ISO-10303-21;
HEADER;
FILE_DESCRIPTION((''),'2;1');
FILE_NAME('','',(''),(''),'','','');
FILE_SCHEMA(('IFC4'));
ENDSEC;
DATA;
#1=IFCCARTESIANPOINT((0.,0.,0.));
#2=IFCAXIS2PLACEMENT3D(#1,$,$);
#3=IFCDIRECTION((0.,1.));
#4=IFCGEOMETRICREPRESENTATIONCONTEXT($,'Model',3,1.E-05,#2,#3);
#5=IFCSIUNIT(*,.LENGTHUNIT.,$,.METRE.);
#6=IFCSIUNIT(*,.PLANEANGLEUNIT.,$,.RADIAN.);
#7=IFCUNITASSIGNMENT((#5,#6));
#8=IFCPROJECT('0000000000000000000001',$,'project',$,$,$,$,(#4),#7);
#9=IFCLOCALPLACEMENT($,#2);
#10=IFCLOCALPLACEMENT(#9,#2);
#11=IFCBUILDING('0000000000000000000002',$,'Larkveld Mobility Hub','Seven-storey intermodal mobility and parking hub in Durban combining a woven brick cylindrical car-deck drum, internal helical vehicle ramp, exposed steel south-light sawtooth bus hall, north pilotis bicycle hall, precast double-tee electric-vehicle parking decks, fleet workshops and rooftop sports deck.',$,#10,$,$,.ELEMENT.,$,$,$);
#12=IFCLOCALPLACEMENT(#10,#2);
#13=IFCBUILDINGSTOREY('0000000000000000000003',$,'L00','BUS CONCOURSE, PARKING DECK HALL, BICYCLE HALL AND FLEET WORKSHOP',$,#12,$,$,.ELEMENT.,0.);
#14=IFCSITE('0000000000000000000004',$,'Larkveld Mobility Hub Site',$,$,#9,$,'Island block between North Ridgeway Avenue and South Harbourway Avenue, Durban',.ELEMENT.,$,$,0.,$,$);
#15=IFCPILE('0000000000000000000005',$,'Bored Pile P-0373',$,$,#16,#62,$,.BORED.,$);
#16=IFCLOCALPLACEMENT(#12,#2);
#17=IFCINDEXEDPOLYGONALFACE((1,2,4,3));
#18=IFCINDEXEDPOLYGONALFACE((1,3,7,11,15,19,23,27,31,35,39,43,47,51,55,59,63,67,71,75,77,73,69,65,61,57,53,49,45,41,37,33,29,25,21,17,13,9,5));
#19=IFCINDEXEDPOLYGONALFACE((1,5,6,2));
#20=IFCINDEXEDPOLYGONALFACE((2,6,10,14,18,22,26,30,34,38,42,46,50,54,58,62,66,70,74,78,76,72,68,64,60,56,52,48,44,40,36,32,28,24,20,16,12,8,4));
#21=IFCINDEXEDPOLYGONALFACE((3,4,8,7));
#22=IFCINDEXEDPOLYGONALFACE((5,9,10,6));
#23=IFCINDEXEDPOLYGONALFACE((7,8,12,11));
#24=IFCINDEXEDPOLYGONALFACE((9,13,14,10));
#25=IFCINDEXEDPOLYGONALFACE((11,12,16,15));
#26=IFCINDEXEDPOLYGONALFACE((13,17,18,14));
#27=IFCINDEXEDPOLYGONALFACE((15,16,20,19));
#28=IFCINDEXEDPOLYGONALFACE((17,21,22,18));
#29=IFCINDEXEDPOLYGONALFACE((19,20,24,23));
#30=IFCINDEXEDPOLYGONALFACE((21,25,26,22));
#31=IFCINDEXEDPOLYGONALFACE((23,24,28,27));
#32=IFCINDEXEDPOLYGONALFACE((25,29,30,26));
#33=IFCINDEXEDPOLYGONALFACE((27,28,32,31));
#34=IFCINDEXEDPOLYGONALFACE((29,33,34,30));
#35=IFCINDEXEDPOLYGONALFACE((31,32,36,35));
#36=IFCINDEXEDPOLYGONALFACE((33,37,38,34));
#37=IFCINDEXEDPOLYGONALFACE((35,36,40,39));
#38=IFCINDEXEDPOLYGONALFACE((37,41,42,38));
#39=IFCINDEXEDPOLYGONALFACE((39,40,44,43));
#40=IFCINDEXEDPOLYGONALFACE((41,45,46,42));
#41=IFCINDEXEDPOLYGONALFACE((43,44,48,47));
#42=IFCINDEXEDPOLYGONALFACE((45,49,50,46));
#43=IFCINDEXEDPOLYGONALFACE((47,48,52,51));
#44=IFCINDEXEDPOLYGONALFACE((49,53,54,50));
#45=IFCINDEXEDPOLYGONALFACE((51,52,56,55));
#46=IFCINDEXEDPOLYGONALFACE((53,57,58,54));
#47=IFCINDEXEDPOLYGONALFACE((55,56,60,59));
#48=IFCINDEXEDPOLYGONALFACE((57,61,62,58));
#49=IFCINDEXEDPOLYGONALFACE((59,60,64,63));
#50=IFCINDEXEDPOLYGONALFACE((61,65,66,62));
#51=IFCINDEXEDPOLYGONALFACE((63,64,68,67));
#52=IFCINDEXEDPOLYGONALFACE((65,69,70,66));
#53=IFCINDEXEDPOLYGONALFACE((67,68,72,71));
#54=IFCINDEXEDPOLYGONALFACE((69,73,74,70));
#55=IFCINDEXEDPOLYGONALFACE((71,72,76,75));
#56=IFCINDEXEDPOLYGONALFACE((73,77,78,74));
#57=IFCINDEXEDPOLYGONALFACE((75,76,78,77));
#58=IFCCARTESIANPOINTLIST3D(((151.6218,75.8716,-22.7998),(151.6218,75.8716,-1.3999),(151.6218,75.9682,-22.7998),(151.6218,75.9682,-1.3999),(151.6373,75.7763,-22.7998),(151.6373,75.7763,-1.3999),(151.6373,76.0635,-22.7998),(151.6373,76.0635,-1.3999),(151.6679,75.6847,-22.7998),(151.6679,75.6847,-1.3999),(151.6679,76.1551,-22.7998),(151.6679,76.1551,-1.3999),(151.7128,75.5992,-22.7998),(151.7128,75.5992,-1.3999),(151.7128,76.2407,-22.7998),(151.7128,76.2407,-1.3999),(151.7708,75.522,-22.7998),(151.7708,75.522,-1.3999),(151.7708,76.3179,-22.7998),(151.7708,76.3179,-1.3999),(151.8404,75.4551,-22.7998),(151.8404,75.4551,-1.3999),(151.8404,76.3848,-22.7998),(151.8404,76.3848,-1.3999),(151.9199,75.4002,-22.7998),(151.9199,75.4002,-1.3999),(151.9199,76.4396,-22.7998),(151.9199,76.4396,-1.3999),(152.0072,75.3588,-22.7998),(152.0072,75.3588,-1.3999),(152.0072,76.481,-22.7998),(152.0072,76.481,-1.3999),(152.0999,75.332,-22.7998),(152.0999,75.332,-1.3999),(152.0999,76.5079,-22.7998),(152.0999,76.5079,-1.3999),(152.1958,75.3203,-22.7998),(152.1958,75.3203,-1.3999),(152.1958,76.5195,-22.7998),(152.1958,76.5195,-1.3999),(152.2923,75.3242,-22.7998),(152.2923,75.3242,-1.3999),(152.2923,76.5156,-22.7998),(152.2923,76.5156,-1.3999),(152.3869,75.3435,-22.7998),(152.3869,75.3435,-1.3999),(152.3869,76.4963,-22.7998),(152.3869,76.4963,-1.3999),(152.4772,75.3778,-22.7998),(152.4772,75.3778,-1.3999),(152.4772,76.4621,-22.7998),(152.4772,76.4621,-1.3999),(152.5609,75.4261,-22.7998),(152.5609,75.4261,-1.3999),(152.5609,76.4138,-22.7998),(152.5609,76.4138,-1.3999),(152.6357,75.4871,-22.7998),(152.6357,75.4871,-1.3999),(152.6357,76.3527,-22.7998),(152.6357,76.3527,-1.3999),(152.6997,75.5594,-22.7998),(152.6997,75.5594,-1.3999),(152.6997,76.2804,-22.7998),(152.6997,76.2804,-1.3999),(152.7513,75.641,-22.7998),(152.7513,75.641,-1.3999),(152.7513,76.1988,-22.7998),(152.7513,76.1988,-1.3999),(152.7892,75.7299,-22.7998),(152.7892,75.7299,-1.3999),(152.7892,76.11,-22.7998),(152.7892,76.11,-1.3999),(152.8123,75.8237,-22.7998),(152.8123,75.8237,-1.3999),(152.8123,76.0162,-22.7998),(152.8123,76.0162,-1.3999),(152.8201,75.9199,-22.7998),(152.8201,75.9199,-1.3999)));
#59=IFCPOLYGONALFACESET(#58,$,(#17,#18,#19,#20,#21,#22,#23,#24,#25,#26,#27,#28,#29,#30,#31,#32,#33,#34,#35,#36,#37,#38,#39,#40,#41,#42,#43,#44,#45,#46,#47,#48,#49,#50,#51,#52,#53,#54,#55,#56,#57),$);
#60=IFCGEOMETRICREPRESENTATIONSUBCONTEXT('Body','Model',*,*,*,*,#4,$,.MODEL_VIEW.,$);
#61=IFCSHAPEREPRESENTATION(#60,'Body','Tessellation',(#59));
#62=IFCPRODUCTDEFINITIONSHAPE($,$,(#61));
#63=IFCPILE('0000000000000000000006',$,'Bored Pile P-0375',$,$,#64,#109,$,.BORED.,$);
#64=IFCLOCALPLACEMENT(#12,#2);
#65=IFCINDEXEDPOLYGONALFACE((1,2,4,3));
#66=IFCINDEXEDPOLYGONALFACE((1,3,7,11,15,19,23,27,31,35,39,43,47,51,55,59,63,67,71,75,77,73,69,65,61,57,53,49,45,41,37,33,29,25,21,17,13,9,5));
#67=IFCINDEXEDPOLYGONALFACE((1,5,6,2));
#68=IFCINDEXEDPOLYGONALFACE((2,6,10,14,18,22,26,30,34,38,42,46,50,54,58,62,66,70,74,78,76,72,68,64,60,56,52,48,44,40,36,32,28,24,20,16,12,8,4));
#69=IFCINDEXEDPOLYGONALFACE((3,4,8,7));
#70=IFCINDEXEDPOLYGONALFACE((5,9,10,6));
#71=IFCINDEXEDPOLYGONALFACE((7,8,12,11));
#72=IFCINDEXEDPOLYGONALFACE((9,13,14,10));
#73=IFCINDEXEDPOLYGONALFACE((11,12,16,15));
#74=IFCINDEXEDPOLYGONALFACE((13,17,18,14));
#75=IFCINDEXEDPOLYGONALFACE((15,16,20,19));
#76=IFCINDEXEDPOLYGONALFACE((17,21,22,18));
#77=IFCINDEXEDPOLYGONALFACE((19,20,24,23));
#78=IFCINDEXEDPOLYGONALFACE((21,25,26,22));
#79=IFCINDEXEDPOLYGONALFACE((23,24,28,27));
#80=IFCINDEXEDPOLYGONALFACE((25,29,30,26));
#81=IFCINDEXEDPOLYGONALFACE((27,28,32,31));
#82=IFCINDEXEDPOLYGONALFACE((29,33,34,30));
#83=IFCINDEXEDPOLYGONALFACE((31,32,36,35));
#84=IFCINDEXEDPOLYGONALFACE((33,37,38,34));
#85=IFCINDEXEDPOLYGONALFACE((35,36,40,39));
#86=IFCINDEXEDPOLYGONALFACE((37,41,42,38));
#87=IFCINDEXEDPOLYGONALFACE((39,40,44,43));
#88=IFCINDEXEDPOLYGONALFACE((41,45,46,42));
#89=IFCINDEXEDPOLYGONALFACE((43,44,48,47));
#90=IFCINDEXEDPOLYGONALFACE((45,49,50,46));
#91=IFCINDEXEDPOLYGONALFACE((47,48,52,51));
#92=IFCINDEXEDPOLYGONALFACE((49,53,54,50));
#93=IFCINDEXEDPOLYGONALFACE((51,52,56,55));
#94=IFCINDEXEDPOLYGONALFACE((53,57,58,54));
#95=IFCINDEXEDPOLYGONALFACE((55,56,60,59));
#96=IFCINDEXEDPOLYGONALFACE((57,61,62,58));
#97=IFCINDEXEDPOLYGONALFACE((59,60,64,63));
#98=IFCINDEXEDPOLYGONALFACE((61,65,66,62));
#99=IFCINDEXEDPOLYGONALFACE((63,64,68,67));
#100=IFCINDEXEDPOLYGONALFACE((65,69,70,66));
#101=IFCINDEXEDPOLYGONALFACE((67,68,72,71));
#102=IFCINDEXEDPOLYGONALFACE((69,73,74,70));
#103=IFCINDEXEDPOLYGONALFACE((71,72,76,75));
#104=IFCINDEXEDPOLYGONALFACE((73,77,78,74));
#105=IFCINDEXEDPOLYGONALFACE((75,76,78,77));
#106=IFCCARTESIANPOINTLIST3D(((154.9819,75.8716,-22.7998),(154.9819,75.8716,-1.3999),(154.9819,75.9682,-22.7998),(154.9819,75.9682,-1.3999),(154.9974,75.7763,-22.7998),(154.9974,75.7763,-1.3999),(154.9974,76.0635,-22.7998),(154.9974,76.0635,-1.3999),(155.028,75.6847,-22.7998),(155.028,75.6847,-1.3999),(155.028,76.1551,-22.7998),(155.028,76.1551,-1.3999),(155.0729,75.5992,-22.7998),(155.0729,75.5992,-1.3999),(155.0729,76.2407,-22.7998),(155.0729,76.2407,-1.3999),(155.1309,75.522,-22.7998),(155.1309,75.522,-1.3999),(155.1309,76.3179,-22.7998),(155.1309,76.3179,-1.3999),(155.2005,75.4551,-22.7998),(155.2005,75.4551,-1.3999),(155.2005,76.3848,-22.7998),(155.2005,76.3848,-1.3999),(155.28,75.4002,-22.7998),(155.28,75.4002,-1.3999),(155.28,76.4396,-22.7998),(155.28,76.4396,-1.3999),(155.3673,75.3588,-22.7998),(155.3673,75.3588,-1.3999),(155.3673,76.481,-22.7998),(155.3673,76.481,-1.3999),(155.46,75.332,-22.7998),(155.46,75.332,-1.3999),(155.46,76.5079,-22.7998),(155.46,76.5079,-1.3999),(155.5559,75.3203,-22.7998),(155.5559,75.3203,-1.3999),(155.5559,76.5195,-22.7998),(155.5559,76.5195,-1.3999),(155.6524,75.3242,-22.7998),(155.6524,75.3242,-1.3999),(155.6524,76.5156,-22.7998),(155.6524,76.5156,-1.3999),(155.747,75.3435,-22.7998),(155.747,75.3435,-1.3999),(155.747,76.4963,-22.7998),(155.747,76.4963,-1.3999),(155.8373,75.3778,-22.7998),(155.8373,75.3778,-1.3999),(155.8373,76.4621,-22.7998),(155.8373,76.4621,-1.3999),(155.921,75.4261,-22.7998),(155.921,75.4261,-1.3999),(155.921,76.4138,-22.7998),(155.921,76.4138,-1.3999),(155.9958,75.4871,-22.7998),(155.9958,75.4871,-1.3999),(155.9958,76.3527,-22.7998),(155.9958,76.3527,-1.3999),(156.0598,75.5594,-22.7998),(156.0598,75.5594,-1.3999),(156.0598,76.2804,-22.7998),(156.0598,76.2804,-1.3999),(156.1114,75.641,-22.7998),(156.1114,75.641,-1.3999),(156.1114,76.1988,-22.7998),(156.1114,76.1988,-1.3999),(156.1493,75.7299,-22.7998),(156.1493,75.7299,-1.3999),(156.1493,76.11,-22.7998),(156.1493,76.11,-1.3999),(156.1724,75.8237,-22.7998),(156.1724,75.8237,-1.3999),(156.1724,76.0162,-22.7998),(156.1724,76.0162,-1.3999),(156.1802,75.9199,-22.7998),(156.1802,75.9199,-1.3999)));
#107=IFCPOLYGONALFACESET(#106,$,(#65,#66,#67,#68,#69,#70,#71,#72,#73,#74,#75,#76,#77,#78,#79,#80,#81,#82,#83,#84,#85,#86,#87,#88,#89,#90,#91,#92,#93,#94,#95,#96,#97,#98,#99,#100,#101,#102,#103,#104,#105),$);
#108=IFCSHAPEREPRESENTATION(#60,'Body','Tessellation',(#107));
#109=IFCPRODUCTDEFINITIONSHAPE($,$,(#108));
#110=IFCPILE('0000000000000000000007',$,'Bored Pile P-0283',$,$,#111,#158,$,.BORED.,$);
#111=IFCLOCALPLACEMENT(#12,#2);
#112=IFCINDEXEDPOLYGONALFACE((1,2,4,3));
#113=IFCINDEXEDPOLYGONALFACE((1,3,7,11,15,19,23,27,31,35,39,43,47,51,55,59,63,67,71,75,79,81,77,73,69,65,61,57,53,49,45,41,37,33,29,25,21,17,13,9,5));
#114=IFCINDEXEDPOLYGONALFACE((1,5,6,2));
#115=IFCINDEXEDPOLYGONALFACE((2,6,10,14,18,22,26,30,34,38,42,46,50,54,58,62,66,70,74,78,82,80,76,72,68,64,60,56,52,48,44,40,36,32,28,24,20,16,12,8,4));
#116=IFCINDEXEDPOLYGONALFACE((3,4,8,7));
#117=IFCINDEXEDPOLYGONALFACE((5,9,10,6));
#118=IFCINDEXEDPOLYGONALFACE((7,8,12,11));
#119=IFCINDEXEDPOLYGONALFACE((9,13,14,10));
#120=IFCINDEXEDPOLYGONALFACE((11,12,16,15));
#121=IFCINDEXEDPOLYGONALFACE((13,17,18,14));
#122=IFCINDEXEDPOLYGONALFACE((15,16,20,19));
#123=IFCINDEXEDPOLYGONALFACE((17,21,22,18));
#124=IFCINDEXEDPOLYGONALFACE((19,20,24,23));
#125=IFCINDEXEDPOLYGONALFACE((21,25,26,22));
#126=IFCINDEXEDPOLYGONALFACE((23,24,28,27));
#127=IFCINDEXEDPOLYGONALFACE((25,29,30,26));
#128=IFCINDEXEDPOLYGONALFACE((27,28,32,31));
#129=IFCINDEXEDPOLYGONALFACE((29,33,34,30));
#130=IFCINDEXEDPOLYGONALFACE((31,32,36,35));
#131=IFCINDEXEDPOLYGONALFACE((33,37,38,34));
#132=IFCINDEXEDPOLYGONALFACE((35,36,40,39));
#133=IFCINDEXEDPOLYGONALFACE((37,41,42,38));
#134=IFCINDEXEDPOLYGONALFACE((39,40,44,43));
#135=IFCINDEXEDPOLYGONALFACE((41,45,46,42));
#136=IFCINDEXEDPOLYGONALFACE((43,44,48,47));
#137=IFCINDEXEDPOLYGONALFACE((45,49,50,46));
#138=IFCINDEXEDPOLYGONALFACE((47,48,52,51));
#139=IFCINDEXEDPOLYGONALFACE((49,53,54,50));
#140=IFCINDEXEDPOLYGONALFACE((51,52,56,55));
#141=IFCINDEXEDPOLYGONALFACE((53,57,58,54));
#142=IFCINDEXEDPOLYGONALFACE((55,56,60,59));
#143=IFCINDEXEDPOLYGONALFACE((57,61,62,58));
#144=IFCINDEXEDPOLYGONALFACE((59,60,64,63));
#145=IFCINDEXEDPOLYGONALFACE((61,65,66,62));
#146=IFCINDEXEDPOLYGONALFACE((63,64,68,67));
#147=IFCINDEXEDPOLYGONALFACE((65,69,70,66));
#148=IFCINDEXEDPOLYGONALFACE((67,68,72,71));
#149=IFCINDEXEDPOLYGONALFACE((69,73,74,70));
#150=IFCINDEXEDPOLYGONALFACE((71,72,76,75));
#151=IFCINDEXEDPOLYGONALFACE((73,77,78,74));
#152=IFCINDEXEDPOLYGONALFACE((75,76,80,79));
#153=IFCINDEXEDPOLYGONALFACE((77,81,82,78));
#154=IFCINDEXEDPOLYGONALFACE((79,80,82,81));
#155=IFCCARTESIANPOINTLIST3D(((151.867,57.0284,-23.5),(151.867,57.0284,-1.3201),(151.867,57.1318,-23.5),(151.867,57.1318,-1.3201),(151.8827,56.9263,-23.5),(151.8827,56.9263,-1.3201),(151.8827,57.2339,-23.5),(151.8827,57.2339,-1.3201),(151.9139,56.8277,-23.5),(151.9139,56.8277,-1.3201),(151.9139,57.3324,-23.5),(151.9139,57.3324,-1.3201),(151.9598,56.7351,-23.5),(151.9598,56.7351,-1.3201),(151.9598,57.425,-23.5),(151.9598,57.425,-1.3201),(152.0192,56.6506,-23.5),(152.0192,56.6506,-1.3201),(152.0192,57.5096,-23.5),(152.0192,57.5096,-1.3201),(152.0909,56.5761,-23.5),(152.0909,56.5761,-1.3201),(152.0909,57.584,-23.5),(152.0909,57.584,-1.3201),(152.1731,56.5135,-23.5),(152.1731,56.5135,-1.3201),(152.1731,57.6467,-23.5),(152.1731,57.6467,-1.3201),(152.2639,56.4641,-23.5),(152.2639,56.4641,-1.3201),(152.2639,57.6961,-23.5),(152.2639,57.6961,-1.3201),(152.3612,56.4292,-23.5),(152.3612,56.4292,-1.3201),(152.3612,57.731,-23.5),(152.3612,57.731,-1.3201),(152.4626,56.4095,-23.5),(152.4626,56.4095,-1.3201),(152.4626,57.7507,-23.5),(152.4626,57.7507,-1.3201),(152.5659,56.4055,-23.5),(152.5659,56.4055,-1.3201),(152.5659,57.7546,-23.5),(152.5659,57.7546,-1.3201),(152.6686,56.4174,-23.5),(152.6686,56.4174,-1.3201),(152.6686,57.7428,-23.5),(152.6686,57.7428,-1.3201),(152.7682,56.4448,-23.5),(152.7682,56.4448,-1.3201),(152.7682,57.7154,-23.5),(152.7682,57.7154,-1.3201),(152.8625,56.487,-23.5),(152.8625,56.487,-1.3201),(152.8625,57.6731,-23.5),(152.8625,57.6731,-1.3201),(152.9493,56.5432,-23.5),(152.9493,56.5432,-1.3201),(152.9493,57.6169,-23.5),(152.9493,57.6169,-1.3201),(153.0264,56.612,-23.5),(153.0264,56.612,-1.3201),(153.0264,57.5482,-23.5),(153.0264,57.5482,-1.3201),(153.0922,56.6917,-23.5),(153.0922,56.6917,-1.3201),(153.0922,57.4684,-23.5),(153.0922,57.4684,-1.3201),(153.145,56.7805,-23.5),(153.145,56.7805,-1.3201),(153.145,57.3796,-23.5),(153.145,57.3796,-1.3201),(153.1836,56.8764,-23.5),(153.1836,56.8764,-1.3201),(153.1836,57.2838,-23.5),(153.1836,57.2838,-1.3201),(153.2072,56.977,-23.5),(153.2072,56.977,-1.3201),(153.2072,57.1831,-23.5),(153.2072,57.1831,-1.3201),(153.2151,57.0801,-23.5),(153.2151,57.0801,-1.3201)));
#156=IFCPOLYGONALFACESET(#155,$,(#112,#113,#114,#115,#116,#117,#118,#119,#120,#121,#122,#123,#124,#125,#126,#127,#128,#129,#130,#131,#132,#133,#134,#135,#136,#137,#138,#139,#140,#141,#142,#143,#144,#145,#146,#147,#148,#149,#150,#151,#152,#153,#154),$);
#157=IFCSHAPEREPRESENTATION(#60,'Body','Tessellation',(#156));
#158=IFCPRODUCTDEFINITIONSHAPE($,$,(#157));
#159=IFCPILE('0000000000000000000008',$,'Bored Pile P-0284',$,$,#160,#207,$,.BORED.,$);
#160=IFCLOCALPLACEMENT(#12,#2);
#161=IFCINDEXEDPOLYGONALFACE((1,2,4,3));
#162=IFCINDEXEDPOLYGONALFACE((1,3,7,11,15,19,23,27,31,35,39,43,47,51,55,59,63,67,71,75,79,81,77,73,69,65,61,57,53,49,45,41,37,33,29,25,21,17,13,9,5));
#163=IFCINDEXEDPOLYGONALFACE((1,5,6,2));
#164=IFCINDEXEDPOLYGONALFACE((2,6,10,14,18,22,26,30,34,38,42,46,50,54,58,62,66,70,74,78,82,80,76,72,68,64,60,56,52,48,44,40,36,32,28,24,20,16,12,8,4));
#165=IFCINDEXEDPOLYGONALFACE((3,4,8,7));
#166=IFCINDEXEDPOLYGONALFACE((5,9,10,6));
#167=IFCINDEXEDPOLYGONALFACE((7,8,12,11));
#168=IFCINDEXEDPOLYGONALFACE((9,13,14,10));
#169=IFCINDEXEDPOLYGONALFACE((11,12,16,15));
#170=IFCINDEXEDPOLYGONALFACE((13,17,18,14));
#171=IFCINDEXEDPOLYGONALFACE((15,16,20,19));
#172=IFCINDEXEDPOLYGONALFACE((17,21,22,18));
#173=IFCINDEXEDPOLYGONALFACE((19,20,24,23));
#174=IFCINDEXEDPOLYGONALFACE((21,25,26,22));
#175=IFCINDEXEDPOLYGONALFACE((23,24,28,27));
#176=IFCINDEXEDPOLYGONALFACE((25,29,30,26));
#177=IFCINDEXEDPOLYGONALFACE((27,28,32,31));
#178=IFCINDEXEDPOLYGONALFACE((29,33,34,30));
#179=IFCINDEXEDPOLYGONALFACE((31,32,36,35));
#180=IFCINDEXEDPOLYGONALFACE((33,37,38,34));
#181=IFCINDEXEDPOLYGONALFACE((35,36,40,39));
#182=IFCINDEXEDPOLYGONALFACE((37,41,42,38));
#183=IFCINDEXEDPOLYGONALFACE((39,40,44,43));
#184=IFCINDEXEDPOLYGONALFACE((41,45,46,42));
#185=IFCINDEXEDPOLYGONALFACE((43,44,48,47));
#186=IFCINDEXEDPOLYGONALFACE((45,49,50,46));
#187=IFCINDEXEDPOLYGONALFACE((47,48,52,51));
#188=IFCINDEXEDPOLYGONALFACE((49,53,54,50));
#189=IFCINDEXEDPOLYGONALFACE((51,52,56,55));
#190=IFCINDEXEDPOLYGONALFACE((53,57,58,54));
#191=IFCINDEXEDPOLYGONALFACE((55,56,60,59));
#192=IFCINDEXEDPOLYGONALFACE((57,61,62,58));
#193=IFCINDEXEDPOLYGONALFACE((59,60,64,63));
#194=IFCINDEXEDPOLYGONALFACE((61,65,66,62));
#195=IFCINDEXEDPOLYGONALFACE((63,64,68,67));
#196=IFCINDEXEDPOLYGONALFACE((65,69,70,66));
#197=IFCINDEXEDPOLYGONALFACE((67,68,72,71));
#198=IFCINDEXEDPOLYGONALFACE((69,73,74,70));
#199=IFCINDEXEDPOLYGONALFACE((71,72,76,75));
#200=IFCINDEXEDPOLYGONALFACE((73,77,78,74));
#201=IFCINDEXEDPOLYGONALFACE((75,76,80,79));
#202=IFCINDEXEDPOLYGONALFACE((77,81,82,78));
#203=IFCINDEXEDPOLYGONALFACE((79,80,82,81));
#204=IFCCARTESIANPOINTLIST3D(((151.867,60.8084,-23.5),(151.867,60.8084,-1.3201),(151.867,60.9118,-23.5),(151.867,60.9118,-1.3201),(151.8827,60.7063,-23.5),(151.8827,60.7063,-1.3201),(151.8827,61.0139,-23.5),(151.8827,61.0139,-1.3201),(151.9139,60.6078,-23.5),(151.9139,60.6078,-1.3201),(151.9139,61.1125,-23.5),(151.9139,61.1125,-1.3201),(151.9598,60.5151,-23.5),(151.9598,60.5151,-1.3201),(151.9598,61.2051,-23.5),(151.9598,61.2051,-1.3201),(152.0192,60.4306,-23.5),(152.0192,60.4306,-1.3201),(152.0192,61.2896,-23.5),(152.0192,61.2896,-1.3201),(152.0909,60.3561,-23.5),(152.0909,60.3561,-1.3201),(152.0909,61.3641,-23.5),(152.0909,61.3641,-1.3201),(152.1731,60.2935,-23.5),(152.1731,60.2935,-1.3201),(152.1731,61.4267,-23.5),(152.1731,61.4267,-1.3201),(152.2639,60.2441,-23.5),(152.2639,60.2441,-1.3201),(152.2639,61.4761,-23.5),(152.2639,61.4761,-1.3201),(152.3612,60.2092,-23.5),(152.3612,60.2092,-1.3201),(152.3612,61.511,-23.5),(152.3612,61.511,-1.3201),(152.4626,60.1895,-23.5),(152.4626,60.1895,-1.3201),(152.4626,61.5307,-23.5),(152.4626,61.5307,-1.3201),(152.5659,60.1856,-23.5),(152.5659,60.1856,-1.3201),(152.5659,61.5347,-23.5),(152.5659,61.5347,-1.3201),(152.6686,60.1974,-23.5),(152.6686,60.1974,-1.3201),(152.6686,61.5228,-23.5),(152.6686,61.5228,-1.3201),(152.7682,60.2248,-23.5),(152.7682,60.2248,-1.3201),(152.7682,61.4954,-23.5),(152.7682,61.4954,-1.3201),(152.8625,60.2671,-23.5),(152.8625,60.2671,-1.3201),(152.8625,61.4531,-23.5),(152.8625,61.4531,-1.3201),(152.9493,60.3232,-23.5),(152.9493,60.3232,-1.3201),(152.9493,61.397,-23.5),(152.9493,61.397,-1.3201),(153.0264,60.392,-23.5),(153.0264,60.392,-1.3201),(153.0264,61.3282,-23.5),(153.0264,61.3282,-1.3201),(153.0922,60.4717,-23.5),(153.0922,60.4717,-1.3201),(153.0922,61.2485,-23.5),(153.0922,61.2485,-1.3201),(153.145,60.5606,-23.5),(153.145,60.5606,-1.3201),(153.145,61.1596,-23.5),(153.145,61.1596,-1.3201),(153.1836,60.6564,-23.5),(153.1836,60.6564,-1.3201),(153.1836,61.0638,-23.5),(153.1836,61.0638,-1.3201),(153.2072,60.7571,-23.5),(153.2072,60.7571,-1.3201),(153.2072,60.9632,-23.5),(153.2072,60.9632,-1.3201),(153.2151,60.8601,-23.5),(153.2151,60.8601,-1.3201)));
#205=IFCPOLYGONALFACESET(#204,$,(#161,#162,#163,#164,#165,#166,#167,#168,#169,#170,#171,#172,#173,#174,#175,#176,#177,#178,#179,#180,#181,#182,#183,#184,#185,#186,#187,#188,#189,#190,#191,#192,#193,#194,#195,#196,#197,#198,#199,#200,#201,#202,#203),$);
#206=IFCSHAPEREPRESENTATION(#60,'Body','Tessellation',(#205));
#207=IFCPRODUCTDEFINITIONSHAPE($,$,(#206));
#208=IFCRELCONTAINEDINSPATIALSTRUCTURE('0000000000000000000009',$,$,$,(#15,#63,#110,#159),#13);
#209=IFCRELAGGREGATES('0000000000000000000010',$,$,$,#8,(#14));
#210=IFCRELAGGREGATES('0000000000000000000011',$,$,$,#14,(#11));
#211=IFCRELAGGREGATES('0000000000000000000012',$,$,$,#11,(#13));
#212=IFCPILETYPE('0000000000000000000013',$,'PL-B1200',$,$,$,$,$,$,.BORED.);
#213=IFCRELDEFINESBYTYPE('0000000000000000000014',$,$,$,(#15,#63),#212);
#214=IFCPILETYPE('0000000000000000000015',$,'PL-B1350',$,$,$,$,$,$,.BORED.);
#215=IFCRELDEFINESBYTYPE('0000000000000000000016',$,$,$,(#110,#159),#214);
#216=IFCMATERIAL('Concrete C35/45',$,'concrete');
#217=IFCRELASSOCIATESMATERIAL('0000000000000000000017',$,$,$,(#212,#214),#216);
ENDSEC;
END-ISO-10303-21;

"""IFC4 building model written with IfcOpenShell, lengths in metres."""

from ifc_helpers import new_model, si_unit, direction, frame, origin, origin_2d, place, context, subcontext, project, spatial, circle, extrude, material, material_profile, profile_set, type_object, element, save


model = new_model("IFC4")

# Units and contexts
model_context = context("Model", 3, precision=1e-05, world=origin(), true_north=direction((0.0, 1.0)))
body_context = subcontext(model_context, "Body", "Model", "MODEL_VIEW")
ifc_project = project(units=[si_unit("LENGTHUNIT", "METRE"), si_unit("PLANEANGLEUNIT", "RADIAN")], contexts=[model_context])

# Site, building, storey
site_placement = place(None, origin())
site = spatial("IfcSite", under=ifc_project, at=site_placement, Name="Larkveld Mobility Hub Site", LongName="Island block between North Ridgeway Avenue and South Harbourway Avenue, Durban", CompositionType="ELEMENT", RefElevation=0.0)
building_placement = place(site_placement, origin())
building = spatial("IfcBuilding", under=site, at=building_placement, Name="Larkveld Mobility Hub", Description="Seven-storey intermodal mobility and parking hub in Durban combining a woven brick cylindrical car-deck drum, internal helical vehicle ramp, exposed steel south-light sawtooth bus hall, north pilotis bicycle hall, precast double-tee electric-vehicle parking decks, fleet workshops and rooftop sports deck.", CompositionType="ELEMENT")
storey_placement = place(building_placement, origin())
storey = spatial("IfcBuildingStorey", under=building, at=storey_placement, Name="L00", Description="BUS CONCOURSE, PARKING DECK HALL, BICYCLE HALL AND FLEET WORKSHOP", CompositionType="ELEMENT", Elevation=0.0)

# Piles
ifc_material_1 = material(Name="Concrete C35/45", Category="concrete")
ifc_material_profile_1 = material_profile(ifc_material_1, circle(Radius=0.6001, at=origin_2d()), Name="PILE D1200")
ifc_profile_set_1 = profile_set([ifc_material_profile_1], Name="Concrete C35/45")
pile_type_1 = type_object("IfcPileType", Name="PL-B1200", PredefinedType="BORED", material=ifc_profile_set_1)
for number, where, z_axis, x_axis, name in (
    (1, (152.22, 75.9199, -1.3999), (0.0, 0.0, -1.0), (1.0, 0.0, 0.0), "Bored Pile P-0373"),
    (2, (155.5801, 75.9199, -1.3999), (0.0, 0.0, -1.0), (1.0, 0.0, 0.0), "Bored Pile P-0375"),
):
    element("IfcPile", number, at=place(storey_placement, frame(where, z_axis=z_axis, x_axis=x_axis)), inside=storey, type_object=pile_type_1, Name=name, PredefinedType="BORED", context=body_context, shape_type="SweptSolid", body=[
        extrude(circle(Radius=0.6001, at=origin_2d()), origin(), (0.0, 0.0, 1.0), 21.3999),
    ])
ifc_material_profile_2 = material_profile(ifc_material_1, circle(Radius=0.675, at=origin_2d()), Name="PILE D1350")
ifc_profile_set_2 = profile_set([ifc_material_profile_2], Name="Concrete C35/45")
pile_type_2 = type_object("IfcPileType", Name="PL-B1350", PredefinedType="BORED", material=ifc_profile_set_2)
for number, where, z_axis, x_axis, name in (
    (3, (152.54, 57.0801, -1.3201), (0.0, 0.0, -1.0), (1.0, 0.0, 0.0), "Bored Pile P-0283"),
    (4, (152.54, 60.8601, -1.3201), (0.0, 0.0, -1.0), (1.0, 0.0, 0.0), "Bored Pile P-0284"),
):
    element("IfcPile", number, at=place(storey_placement, frame(where, z_axis=z_axis, x_axis=x_axis)), inside=storey, type_object=pile_type_2, Name=name, PredefinedType="BORED", context=body_context, shape_type="SweptSolid", body=[
        extrude(circle(Radius=0.675, at=origin_2d()), origin(), (0.0, 0.0, 1.0), 22.1799),
    ])

save(model, "model.ifc")
